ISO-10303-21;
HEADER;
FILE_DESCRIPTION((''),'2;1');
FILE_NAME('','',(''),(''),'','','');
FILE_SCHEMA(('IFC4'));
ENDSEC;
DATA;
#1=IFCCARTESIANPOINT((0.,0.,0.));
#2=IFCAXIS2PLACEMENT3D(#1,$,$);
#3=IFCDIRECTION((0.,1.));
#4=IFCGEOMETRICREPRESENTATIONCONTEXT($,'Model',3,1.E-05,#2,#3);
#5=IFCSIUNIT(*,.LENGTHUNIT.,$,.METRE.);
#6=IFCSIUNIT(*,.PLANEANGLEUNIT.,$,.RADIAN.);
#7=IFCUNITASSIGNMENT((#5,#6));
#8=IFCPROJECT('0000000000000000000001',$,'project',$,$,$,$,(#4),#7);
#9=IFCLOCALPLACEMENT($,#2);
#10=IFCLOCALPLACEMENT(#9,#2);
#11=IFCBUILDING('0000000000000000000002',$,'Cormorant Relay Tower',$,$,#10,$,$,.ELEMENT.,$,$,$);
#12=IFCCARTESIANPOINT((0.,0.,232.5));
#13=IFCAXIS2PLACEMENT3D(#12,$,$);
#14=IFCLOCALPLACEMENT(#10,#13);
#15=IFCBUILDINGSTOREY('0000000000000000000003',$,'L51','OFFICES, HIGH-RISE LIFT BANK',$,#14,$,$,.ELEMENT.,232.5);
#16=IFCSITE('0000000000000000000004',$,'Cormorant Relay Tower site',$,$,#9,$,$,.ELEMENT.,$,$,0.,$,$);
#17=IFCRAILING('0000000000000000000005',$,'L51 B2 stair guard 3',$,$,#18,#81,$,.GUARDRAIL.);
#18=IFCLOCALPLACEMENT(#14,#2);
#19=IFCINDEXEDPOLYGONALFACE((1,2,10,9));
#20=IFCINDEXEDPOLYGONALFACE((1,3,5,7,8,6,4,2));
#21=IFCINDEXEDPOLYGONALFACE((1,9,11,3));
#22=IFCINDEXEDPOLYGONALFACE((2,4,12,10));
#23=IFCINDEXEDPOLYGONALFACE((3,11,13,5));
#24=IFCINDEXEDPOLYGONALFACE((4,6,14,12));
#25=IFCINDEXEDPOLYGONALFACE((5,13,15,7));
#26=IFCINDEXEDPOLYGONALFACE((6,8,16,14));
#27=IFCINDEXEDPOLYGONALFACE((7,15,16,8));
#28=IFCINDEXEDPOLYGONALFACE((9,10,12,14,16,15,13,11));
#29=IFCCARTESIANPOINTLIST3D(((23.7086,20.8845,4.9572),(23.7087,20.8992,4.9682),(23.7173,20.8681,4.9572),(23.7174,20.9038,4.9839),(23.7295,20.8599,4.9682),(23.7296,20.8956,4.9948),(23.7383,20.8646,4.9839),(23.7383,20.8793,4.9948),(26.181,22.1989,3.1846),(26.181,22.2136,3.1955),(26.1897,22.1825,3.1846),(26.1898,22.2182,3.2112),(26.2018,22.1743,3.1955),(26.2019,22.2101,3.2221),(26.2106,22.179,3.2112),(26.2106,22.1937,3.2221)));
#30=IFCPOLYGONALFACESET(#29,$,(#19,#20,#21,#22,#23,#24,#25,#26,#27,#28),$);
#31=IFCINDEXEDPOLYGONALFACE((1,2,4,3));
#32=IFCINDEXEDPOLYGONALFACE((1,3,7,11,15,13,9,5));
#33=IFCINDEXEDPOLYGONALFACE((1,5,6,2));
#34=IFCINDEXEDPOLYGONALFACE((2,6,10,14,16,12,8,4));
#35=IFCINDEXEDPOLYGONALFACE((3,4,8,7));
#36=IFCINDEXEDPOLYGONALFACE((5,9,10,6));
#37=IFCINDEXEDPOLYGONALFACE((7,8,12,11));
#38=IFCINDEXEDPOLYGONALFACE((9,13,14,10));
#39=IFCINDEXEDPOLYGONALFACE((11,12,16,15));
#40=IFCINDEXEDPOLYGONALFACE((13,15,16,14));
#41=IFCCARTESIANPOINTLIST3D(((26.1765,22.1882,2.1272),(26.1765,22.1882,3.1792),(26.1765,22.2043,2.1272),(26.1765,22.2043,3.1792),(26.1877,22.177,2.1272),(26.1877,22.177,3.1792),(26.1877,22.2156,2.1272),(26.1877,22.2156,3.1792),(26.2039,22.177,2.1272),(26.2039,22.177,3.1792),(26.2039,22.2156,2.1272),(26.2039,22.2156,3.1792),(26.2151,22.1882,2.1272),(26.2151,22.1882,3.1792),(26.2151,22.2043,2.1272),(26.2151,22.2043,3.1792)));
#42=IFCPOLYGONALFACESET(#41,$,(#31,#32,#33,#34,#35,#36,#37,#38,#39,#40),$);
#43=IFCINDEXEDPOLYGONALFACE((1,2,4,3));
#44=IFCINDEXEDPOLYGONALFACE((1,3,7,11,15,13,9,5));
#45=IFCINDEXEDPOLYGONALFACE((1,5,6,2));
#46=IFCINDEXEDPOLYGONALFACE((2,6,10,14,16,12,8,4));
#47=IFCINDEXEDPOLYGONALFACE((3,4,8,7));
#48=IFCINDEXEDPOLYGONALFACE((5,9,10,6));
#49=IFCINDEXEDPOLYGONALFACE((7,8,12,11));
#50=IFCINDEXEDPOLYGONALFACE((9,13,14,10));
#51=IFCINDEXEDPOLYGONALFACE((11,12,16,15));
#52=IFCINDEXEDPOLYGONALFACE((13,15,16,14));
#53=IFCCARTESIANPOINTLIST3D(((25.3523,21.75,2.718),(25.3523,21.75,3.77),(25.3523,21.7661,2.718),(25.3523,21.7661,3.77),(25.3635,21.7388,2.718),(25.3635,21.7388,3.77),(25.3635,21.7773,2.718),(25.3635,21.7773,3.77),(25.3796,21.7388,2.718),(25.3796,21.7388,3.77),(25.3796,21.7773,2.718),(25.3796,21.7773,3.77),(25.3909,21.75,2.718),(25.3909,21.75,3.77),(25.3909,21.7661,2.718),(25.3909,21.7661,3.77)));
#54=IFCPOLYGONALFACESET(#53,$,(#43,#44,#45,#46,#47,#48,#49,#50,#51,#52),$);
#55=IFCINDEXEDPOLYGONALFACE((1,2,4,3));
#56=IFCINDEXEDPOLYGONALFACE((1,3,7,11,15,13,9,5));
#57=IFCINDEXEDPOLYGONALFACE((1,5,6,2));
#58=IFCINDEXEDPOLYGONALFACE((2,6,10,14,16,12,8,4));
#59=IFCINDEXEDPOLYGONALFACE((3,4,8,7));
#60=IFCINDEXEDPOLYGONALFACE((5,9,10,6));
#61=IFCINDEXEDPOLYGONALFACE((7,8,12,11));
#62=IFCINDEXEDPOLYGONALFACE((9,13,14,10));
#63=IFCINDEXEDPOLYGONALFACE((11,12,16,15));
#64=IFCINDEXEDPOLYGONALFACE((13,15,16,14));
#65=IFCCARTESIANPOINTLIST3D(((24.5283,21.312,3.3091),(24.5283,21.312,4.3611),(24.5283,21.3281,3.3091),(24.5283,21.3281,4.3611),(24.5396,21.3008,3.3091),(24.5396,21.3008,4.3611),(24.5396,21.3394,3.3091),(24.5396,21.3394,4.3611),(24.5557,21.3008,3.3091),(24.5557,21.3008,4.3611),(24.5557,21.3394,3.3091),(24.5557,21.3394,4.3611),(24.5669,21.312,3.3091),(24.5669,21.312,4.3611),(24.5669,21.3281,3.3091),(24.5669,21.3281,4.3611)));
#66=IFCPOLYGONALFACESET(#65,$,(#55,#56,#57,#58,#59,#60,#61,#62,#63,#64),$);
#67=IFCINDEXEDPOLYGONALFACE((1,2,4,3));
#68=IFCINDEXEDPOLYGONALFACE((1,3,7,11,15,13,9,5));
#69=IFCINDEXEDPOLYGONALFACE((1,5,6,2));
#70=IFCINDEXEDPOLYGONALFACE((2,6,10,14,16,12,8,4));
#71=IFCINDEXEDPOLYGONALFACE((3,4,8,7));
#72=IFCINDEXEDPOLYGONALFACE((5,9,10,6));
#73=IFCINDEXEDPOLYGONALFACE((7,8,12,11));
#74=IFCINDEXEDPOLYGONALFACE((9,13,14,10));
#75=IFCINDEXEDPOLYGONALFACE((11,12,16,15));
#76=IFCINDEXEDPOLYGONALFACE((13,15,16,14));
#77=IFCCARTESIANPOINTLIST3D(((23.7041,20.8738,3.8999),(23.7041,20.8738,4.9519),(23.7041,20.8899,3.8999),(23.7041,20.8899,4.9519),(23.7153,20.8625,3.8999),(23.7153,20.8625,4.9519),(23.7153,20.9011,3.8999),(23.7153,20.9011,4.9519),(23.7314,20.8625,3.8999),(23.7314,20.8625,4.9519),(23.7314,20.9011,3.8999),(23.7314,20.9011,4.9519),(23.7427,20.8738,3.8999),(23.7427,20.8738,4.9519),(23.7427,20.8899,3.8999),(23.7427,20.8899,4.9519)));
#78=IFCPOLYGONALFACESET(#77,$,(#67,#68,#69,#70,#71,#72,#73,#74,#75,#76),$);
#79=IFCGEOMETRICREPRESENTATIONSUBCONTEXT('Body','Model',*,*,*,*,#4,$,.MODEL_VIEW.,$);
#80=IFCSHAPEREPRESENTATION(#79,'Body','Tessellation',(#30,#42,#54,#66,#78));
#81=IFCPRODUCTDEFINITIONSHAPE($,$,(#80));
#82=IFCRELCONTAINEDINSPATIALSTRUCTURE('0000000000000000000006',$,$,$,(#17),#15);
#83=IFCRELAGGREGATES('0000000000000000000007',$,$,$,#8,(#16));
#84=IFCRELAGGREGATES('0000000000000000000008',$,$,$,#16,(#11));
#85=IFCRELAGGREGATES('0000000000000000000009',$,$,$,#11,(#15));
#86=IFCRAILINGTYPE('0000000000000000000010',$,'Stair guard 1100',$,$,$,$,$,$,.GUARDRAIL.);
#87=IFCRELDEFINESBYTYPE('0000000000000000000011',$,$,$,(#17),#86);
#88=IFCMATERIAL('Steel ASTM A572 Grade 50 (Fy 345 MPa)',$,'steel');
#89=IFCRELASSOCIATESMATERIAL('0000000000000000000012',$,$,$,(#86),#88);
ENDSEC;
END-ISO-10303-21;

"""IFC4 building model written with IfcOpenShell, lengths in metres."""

from ifc_helpers import new_model, si_unit, direction, frame, origin, place, context, subcontext, project, spatial, polyline, outline, extrude, material, type_object, element, save


model = new_model("IFC4")

# Units and contexts
model_context = context("Model", 3, precision=1e-05, world=origin(), true_north=direction((0.0, 1.0)))
body_context = subcontext(model_context, "Body", "Model", "MODEL_VIEW")
ifc_project = project(units=[si_unit("LENGTHUNIT", "METRE"), si_unit("PLANEANGLEUNIT", "RADIAN")], contexts=[model_context])

# Site, building, storey
site_placement = place(None, origin())
site = spatial("IfcSite", under=ifc_project, at=site_placement, Name="Cormorant Relay Tower site", CompositionType="ELEMENT", RefElevation=0.0)
building_placement = place(site_placement, origin())
building = spatial("IfcBuilding", under=site, at=building_placement, Name="Cormorant Relay Tower", CompositionType="ELEMENT")
storey_placement = place(building_placement, frame((0.0, 0.0, 232.5)))
storey = spatial("IfcBuildingStorey", under=building, at=storey_placement, Name="L51", Description="OFFICES, HIGH-RISE LIFT BANK", CompositionType="ELEMENT", Elevation=232.5)

# Railing
ifc_material_1 = material(Name="Steel ASTM A572 Grade 50 (Fy 345 MPa)", Category="steel")
railing_type = type_object("IfcRailingType", Name="Stair guard 1100", PredefinedType="GUARDRAIL", material=ifc_material_1)
railing_1_placement = place(storey_placement, frame((26.1958, 22.1963, 2.1272)))
element("IfcRailing", 1, at=railing_1_placement, inside=storey, type_object=railing_type, Name="L51 B2 stair guard 3", PredefinedType="GUARDRAIL", context=body_context, shape_type="SweptSolid", body=[
    extrude(outline(polyline([(0.0222, 0.0093), (0.0093, 0.0222), (-0.0093, 0.0222), (-0.0222, 0.0093), (-0.0222, -0.0093), (-0.0093, -0.0222), (0.0093, -0.0222), (0.0222, -0.0093), (0.0222, 0.0093)])), frame((0.0, 0.0, 1.0762), z_axis=(-0.746034, -0.396627, 0.534902), x_axis=(0.469429, -0.88297, 0.0)), (0.0, 0.0, 1.0), 3.314),
    extrude(outline(polyline([(0.0193, 0.0081), (0.0081, 0.0193), (-0.0081, 0.0193), (-0.0193, 0.0081), (-0.0193, -0.0081), (-0.0081, -0.0193), (0.0081, -0.0193), (0.0193, -0.0081), (0.0193, 0.0081)])), origin(), (0.0, 0.0, 1.0), 1.052),
    extrude(outline(polyline([(0.0193, 0.0081), (0.0081, 0.0193), (-0.0081, 0.0193), (-0.0193, 0.0081), (-0.0193, -0.0081), (-0.0081, -0.0193), (0.0081, -0.0193), (0.0193, -0.0081), (0.0193, 0.0081)])), frame((-0.8242, -0.4382, 0.5908)), (0.0, 0.0, 1.0), 1.052),
    extrude(outline(polyline([(0.0193, 0.0081), (0.0081, 0.0193), (-0.0081, 0.0193), (-0.0193, 0.0081), (-0.0193, -0.0081), (-0.0081, -0.0193), (0.0081, -0.0193), (0.0193, -0.0081), (0.0193, 0.0081)])), frame((-1.6482, -0.8762, 1.1819)), (0.0, 0.0, 1.0), 1.052),
    extrude(outline(polyline([(0.0193, 0.0081), (0.0081, 0.0193), (-0.0081, 0.0193), (-0.0193, 0.0081), (-0.0193, -0.0081), (-0.0081, -0.0193), (0.0081, -0.0193), (0.0193, -0.0081), (0.0193, 0.0081)])), frame((-2.4724, -1.3145, 1.7727)), (0.0, 0.0, 1.0), 1.052),
])

save(model, "model.ifc")
